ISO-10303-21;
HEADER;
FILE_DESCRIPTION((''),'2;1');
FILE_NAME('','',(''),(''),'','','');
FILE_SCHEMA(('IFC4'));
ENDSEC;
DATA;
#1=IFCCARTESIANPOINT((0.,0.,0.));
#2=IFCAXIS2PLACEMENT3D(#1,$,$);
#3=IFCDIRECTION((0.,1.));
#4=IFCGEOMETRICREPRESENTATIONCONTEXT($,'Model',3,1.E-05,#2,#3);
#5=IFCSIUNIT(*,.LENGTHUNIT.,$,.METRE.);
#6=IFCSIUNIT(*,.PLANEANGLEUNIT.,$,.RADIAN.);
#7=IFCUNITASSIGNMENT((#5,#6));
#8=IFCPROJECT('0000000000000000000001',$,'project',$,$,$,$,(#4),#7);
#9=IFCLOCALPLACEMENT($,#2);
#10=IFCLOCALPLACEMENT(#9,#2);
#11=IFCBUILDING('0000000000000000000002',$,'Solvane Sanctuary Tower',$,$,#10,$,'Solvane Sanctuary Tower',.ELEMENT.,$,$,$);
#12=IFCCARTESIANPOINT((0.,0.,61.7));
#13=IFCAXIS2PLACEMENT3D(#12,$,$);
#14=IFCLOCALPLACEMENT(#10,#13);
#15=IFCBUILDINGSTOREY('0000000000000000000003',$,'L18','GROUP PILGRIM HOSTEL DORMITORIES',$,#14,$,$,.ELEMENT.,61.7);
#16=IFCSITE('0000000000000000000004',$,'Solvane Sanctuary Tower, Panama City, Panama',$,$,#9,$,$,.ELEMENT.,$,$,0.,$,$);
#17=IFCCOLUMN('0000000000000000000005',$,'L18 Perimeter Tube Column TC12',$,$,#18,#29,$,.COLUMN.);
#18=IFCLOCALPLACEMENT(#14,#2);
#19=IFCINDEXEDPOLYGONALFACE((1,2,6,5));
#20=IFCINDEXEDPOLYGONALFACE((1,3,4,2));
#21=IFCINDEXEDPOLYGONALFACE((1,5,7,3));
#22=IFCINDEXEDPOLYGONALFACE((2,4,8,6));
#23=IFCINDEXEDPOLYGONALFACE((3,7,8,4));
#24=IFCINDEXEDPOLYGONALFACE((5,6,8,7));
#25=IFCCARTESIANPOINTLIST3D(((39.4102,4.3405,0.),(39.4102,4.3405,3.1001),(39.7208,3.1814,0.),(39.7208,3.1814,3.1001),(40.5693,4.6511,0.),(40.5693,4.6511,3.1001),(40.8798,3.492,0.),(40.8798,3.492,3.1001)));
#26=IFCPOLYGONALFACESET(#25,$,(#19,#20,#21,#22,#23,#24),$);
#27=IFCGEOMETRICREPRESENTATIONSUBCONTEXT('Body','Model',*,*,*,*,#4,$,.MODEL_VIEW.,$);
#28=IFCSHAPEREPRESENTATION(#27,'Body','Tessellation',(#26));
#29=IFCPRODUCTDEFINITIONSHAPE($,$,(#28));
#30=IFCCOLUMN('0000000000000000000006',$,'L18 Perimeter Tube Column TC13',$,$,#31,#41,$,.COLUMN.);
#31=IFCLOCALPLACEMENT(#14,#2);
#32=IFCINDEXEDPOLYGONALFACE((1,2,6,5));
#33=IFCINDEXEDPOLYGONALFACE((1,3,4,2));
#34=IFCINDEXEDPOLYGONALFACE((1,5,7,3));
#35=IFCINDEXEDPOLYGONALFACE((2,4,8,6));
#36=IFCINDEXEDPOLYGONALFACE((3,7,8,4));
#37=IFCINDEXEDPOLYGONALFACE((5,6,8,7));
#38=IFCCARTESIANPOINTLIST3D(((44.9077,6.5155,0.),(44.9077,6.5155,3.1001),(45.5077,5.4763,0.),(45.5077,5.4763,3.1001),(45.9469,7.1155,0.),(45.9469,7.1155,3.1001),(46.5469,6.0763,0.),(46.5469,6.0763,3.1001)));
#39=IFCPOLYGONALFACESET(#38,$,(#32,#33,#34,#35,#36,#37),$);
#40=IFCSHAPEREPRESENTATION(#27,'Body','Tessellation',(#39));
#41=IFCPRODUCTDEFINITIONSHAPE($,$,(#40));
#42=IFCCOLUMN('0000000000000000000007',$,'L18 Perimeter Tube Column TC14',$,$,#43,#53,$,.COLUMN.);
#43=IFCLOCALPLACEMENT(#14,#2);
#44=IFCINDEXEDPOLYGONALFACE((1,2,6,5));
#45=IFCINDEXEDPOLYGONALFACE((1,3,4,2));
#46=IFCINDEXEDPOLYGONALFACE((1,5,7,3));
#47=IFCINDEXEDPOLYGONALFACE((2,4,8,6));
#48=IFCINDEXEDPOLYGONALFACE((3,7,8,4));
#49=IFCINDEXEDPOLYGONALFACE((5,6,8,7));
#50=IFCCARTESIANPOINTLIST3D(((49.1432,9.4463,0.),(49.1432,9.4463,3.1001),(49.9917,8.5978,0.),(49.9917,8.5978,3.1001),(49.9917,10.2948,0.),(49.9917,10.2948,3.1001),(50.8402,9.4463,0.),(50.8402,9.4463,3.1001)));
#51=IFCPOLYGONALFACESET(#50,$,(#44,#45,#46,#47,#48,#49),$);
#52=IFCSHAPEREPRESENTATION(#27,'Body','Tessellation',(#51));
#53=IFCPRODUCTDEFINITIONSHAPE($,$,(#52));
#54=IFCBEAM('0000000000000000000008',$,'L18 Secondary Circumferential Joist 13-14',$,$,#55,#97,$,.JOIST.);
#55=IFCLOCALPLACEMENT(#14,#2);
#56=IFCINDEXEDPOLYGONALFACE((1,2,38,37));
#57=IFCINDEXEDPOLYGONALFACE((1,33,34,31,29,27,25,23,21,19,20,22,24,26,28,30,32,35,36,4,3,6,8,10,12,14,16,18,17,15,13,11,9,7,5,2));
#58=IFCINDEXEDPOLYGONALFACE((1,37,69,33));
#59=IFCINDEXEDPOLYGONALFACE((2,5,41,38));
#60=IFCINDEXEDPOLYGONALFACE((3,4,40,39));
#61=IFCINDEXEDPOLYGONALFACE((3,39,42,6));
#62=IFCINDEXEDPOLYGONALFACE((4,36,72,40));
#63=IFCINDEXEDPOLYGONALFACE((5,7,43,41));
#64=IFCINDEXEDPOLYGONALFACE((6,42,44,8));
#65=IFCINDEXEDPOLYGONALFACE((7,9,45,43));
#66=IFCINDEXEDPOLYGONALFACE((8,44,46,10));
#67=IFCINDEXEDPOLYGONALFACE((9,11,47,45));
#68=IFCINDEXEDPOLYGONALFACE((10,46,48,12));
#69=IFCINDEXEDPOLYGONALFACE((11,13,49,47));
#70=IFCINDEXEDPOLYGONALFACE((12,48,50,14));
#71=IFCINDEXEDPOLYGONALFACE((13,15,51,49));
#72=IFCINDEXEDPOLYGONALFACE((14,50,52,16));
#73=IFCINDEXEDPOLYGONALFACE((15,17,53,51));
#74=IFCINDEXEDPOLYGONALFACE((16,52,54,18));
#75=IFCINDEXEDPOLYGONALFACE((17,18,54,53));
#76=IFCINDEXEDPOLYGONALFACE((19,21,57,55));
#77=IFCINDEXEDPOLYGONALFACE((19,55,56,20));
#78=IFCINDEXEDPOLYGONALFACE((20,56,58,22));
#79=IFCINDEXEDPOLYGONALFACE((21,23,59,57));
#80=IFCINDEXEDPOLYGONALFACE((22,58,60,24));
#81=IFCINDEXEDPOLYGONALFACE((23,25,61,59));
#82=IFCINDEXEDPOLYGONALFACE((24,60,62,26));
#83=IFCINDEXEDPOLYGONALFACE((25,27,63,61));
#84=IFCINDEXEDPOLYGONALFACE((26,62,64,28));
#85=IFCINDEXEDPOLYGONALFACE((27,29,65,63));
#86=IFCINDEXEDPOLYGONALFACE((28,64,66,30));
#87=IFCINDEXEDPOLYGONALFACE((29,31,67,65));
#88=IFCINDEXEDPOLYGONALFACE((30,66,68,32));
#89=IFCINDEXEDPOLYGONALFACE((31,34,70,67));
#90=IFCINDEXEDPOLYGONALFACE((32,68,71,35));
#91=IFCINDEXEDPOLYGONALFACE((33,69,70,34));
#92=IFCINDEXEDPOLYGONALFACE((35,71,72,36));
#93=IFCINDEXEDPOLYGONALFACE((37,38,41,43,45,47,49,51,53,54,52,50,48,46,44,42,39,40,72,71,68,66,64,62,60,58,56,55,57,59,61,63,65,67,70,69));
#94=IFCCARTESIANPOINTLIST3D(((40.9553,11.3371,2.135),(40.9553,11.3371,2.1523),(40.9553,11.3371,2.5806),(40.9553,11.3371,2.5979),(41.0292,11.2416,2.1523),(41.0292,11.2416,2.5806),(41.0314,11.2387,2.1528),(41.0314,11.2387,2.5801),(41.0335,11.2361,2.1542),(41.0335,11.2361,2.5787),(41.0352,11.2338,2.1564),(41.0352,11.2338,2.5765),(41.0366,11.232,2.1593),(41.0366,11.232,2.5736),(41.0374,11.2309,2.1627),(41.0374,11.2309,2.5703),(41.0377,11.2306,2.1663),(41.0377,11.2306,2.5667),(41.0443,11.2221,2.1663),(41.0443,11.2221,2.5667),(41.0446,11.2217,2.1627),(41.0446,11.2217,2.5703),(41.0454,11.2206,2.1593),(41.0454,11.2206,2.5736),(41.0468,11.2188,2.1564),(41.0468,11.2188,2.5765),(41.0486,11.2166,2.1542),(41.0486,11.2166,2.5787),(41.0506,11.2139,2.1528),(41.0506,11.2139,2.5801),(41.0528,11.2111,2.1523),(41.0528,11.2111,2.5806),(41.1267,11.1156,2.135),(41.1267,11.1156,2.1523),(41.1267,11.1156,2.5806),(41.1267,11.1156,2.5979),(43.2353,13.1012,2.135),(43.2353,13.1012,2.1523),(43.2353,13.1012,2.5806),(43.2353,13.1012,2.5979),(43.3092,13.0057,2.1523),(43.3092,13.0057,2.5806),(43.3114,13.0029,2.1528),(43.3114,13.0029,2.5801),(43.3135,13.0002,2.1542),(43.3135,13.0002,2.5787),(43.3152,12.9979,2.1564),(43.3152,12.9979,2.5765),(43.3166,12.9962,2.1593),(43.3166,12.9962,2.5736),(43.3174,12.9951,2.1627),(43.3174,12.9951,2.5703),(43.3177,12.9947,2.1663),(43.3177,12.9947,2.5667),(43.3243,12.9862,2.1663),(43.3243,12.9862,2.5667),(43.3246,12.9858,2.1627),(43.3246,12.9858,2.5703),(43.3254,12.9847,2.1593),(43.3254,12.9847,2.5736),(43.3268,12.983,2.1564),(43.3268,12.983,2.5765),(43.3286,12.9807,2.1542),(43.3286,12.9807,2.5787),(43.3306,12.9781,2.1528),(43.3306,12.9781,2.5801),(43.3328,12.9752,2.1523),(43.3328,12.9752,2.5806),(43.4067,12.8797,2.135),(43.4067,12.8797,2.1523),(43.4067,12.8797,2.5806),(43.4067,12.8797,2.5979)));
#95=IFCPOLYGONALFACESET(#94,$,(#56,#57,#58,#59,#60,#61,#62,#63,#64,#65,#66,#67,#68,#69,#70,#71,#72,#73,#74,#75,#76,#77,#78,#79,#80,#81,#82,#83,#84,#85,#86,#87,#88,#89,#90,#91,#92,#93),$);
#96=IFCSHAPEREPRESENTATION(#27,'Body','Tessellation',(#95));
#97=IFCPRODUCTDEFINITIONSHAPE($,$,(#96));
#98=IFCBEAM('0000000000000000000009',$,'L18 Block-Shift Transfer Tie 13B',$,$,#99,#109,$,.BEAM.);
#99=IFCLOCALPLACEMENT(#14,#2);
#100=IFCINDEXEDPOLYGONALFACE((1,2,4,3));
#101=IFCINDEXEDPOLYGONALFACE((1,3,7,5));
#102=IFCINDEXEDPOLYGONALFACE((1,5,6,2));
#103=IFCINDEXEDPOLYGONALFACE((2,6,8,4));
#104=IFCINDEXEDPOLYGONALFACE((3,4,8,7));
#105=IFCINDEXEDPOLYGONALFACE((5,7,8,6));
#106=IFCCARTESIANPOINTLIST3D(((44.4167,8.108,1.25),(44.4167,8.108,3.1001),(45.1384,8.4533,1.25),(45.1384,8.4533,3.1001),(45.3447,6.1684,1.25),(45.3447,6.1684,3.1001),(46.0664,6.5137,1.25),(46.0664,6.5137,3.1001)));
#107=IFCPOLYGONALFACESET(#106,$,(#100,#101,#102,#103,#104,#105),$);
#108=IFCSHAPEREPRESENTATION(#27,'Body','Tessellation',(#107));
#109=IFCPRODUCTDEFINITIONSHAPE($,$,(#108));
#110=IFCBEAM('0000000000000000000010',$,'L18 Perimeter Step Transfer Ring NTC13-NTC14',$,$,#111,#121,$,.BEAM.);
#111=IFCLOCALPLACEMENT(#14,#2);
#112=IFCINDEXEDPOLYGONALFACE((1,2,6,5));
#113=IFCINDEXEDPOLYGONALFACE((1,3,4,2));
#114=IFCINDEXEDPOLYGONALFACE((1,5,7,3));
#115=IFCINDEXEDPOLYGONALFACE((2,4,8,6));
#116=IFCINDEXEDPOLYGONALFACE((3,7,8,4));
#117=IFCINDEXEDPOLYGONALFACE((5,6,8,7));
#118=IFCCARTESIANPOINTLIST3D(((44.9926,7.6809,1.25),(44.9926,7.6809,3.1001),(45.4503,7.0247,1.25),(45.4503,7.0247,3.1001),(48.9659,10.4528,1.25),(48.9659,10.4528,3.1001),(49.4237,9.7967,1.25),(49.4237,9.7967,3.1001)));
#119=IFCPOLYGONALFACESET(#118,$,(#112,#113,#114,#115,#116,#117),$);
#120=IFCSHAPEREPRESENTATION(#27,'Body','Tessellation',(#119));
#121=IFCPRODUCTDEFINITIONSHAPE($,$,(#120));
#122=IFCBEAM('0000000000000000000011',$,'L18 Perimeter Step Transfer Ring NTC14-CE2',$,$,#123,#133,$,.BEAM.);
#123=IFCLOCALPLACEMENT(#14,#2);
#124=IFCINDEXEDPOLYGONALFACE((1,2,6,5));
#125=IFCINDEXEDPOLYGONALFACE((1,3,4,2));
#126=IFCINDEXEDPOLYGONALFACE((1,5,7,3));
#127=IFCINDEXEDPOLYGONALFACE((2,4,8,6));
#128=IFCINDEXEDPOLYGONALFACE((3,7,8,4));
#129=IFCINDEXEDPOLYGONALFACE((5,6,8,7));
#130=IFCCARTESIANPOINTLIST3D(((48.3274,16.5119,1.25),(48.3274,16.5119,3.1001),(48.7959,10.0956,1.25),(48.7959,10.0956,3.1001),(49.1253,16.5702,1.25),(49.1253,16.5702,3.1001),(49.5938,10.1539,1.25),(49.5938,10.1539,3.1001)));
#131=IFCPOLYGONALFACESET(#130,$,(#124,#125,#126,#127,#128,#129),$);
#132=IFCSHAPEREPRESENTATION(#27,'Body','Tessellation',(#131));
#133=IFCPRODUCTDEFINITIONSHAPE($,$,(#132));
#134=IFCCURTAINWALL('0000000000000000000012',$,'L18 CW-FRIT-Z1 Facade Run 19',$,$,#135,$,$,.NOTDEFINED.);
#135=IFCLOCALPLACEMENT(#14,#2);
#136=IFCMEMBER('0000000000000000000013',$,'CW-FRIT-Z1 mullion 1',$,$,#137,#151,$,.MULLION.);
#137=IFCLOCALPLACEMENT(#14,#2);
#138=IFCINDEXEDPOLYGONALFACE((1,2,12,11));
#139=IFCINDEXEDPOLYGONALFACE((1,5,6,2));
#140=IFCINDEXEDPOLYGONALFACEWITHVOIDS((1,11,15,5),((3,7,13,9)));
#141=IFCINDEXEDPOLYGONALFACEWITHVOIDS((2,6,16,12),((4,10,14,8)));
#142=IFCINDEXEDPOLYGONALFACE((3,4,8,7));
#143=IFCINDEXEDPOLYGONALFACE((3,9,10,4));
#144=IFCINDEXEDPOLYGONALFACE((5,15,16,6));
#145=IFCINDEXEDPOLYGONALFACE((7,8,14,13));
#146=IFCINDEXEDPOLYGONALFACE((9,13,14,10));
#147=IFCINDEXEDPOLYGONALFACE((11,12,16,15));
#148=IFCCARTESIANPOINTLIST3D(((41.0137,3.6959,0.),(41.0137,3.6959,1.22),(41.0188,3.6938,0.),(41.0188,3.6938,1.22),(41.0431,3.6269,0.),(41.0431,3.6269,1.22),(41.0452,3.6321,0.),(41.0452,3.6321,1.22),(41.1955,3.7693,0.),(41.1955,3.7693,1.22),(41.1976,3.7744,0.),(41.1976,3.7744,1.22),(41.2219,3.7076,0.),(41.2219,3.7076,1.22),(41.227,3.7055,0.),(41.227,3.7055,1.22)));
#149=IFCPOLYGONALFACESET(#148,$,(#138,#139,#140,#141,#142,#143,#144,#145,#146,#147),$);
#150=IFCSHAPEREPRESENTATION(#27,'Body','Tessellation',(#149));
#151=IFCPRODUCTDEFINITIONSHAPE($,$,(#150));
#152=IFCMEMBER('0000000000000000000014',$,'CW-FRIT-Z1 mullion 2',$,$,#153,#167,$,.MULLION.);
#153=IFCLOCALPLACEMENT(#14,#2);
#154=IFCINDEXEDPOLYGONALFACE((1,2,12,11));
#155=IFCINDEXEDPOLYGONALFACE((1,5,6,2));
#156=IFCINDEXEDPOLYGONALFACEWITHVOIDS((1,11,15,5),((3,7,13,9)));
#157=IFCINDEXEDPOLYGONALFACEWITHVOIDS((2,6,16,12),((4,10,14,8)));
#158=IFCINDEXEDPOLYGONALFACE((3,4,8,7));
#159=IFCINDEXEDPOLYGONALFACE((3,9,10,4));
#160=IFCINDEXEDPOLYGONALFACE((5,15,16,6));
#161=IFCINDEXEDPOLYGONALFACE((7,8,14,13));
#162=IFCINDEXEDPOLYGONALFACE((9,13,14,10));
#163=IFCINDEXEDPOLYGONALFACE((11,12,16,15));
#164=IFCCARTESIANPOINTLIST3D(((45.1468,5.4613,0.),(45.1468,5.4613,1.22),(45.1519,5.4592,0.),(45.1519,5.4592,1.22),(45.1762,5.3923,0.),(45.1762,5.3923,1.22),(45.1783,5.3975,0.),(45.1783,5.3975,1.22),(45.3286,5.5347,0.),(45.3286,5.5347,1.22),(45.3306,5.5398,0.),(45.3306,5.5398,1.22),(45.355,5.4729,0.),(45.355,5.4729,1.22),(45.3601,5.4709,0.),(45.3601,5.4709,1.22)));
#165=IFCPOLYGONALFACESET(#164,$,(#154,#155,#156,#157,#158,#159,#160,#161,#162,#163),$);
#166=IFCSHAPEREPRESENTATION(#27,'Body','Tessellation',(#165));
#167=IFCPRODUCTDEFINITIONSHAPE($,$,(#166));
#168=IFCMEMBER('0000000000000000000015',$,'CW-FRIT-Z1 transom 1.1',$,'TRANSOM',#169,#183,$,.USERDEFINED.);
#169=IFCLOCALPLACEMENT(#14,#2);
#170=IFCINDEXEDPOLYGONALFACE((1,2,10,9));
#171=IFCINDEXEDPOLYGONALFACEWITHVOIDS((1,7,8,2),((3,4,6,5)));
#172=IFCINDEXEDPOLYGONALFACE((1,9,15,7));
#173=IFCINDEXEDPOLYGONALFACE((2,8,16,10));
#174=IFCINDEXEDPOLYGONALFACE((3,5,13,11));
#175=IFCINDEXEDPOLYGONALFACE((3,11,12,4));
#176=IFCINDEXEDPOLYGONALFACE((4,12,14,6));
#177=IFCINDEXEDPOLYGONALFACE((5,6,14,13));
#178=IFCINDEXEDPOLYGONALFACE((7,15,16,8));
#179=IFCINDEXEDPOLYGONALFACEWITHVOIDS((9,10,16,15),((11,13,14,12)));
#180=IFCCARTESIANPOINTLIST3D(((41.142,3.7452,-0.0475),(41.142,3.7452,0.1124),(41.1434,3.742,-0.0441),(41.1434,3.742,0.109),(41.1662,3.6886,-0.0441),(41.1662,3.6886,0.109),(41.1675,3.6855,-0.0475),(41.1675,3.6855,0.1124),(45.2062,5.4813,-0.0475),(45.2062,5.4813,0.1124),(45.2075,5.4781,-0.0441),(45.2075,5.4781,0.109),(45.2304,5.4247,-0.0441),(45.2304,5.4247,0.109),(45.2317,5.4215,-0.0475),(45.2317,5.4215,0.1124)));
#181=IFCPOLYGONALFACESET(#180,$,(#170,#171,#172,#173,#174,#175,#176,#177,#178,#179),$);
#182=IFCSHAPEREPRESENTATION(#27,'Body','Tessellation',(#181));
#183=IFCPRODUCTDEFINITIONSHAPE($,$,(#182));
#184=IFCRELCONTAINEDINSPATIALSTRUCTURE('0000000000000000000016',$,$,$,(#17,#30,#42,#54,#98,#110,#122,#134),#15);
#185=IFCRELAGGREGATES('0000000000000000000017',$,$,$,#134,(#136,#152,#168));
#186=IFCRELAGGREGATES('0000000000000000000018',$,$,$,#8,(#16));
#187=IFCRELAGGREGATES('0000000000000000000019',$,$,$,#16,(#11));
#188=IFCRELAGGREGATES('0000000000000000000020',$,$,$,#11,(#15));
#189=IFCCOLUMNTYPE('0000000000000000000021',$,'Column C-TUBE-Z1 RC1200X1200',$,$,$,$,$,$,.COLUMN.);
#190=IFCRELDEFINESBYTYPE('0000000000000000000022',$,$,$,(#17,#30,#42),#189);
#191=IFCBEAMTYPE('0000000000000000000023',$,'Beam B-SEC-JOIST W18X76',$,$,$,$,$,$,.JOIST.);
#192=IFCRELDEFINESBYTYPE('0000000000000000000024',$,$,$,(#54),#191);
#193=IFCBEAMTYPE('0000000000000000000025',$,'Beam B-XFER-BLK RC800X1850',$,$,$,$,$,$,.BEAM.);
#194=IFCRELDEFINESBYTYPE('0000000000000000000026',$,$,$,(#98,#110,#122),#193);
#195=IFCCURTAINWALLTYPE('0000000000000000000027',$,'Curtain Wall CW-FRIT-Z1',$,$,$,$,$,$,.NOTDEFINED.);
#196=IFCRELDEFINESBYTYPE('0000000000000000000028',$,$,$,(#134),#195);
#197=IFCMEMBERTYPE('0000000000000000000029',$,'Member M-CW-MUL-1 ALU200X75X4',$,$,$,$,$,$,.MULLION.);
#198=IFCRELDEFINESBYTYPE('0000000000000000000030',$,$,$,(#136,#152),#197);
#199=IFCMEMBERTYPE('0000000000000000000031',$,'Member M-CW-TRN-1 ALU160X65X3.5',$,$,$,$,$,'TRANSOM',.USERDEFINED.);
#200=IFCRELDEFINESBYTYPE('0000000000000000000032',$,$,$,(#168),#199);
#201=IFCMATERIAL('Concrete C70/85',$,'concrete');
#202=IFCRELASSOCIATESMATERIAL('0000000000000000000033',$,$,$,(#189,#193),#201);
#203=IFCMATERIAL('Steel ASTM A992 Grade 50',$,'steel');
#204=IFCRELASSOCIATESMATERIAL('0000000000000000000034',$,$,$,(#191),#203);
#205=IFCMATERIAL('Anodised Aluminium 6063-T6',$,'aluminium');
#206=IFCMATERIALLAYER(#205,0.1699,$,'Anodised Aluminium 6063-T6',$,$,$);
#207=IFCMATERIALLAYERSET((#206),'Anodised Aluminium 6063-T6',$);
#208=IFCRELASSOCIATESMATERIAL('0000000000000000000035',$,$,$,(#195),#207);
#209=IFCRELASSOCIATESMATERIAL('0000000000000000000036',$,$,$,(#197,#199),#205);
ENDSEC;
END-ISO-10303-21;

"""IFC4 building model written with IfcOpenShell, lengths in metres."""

from ifc_helpers import new_model, si_unit, direction, frame, origin, origin_2d, place, context, subcontext, project, spatial, rectangle, hollow_rectangle, i_section, extrude, material, layer, layer_set, material_profile, profile_set, type_object, element, aggregate, save


model = new_model("IFC4")

# Units and contexts
model_context = context("Model", 3, precision=1e-05, world=origin(), true_north=direction((0.0, 1.0)))
body_context = subcontext(model_context, "Body", "Model", "MODEL_VIEW")
ifc_project = project(units=[si_unit("LENGTHUNIT", "METRE"), si_unit("PLANEANGLEUNIT", "RADIAN")], contexts=[model_context])

# Site, building, storey
site_placement = place(None, origin())
site = spatial("IfcSite", under=ifc_project, at=site_placement, Name="Solvane Sanctuary Tower, Panama City, Panama", CompositionType="ELEMENT", RefElevation=0.0)
building_placement = place(site_placement, origin())
building = spatial("IfcBuilding", under=site, at=building_placement, Name="Solvane Sanctuary Tower", LongName="Solvane Sanctuary Tower", CompositionType="ELEMENT")
storey_placement = place(building_placement, frame((0.0, 0.0, 61.7)))
storey = spatial("IfcBuildingStorey", under=building, at=storey_placement, Name="L18", Description="GROUP PILGRIM HOSTEL DORMITORIES", CompositionType="ELEMENT", Elevation=61.7)

# Columns
ifc_material_1 = material(Name="Concrete C70/85", Category="concrete")
ifc_material_profile_1 = material_profile(ifc_material_1, rectangle(XDim=1.2, YDim=1.2, at=origin_2d()), Name="RC1200X1200")
ifc_profile_set_1 = profile_set([ifc_material_profile_1], Name="Concrete C70/85")
column_type = type_object("IfcColumnType", Name="Column C-TUBE-Z1 RC1200X1200", PredefinedType="COLUMN", material=ifc_profile_set_1)
for number, where, z_axis, x_axis, name in (
    (1, (40.145, 3.9163, 0.0), (0.0, 0.0, 1.0), (0.258819, -0.965926, 0.0), "L18 Perimeter Tube Column TC12"),
    (2, (45.7273, 6.2959, 0.0), (0.0, 0.0, 1.0), (0.5, -0.866025, 0.0), "L18 Perimeter Tube Column TC13"),
    (3, (49.9917, 9.4463, 0.0), (0.0, 0.0, 1.0), (0.707107, -0.707107, 0.0), "L18 Perimeter Tube Column TC14"),
):
    element("IfcColumn", number, at=place(storey_placement, frame(where, z_axis=z_axis, x_axis=x_axis)), inside=storey, type_object=column_type, Name=name, PredefinedType="COLUMN", context=body_context, shape_type="SweptSolid", body=[
        extrude(rectangle(XDim=1.2, YDim=1.2, at=origin_2d()), origin(), (0.0, 0.0, 1.0), 3.1001),
    ])

# Beams
ifc_material_2 = material(Name="Steel ASTM A992 Grade 50", Category="steel")
ifc_material_profile_2 = material_profile(ifc_material_2, i_section(OverallWidth=0.28, OverallDepth=0.4629, WebThickness=0.0107, FlangeThickness=0.0173, FilletRadius=0.0139, at=origin_2d()), Name="W18X76")
ifc_profile_set_2 = profile_set([ifc_material_profile_2], Name="Steel ASTM A992 Grade 50")
beam_type_1 = type_object("IfcBeamType", Name="Beam B-SEC-JOIST W18X76", PredefinedType="JOIST", material=ifc_profile_set_2)
beam_1_placement = place(storey_placement, frame((41.041, 11.2263, 2.3665), z_axis=(0.790896, 0.611951, 0.0), x_axis=(-0.611951, 0.790896, 0.0)))
element("IfcBeam", 4, at=beam_1_placement, inside=storey, type_object=beam_type_1, Name="L18 Secondary Circumferential Joist 13-14", PredefinedType="JOIST", context=body_context, shape_type="SweptSolid", body=[
    extrude(i_section(OverallWidth=0.28, OverallDepth=0.4629, WebThickness=0.0107, FlangeThickness=0.0173, FilletRadius=0.0139, at=origin_2d()), origin(), (0.0, 0.0, 1.0), 2.8828),
])
ifc_material_profile_3 = material_profile(ifc_material_1, rectangle(XDim=0.8, YDim=1.8501, at=origin_2d()), Name="RC800X1850")
ifc_profile_set_3 = profile_set([ifc_material_profile_3], Name="Concrete C70/85")
beam_type_2 = type_object("IfcBeamType", Name="Beam B-XFER-BLK RC800X1850", PredefinedType="BEAM", material=ifc_profile_set_3)
beam_2_placement = place(storey_placement, frame((45.7056, 6.3411, 2.175), z_axis=(-0.431612, 0.902059, 0.0), x_axis=(-0.902059, -0.431612, 0.0)))
element("IfcBeam", 5, at=beam_2_placement, inside=storey, type_object=beam_type_2, Name="L18 Block-Shift Transfer Tie 13B", PredefinedType="BEAM", context=body_context, shape_type="SweptSolid", body=[
    extrude(rectangle(XDim=0.8, YDim=1.8501, at=origin_2d()), origin(), (0.0, 0.0, 1.0), 2.1501),
])
beam_3_placement = place(storey_placement, frame((45.2214, 7.3528, 2.175), z_axis=(0.820142, 0.57216, 0.0), x_axis=(-0.57216, 0.820142, 0.0)))
element("IfcBeam", 6, at=beam_3_placement, inside=storey, type_object=beam_type_2, Name="L18 Perimeter Step Transfer Ring NTC13-NTC14", PredefinedType="BEAM", context=body_context, shape_type="SweptSolid", body=[
    extrude(rectangle(XDim=0.8, YDim=1.8501, at=origin_2d()), origin(), (0.0, 0.0, 1.0), 4.8447),
])
beam_4_placement = place(storey_placement, frame((49.1948, 10.1248, 2.175), z_axis=(-0.072825, 0.997345, 0.0), x_axis=(-0.997345, -0.072825, 0.0)))
element("IfcBeam", 7, at=beam_4_placement, inside=storey, type_object=beam_type_2, Name="L18 Perimeter Step Transfer Ring NTC14-CE2", PredefinedType="BEAM", context=body_context, shape_type="SweptSolid", body=[
    extrude(rectangle(XDim=0.8, YDim=1.8501, at=origin_2d()), origin(), (0.0, 0.0, 1.0), 6.4333),
])

# Curtain wall, members
ifc_material_3 = material(Name="Anodised Aluminium 6063-T6", Category="aluminium")
ifc_layer_1 = layer(ifc_material_3, 0.1699, Name="Anodised Aluminium 6063-T6")
ifc_layer_set_1 = layer_set([ifc_layer_1], Name="Anodised Aluminium 6063-T6")
curtain_wall_type = type_object("IfcCurtainWallType", Name="Curtain Wall CW-FRIT-Z1", PredefinedType="NOTDEFINED", material=ifc_layer_set_1)
curtain_wall_placement = place(storey_placement, origin())
curtain_wall = element("IfcCurtainWall", 8, at=curtain_wall_placement, inside=storey, type_object=curtain_wall_type, Name="L18 CW-FRIT-Z1 Facade Run 19", PredefinedType="NOTDEFINED")
ifc_material_profile_4 = material_profile(ifc_material_3, hollow_rectangle(XDim=0.075, YDim=0.2, WallThickness=0.0039, at=origin_2d()), Name="ALU200X75X4")
ifc_profile_set_4 = profile_set([ifc_material_profile_4], Name="Anodised Aluminium 6063-T6")
member_type_1 = type_object("IfcMemberType", Name="Member M-CW-MUL-1 ALU200X75X4", PredefinedType="MULLION", material=ifc_profile_set_4)
member_1_placement = place(storey_placement, frame((41.1204, 3.7007, 0.0), z_axis=(0.0, 0.0, 1.0), x_axis=(-0.39282, 0.919615, 0.0)))
member_1 = element("IfcMember", 9, at=member_1_placement, type_object=member_type_1, Name="CW-FRIT-Z1 mullion 1", PredefinedType="MULLION", context=body_context, shape_type="SweptSolid", body=[
    extrude(hollow_rectangle(XDim=0.075, YDim=0.2, WallThickness=0.0039, at=origin_2d()), origin(), (0.0, 0.0, 1.0), 1.22),
])
member_2_placement = place(storey_placement, frame((45.2534, 5.4661, 0.0), z_axis=(0.0, 0.0, 1.0), x_axis=(-0.39282, 0.919615, 0.0)))
member_2 = element("IfcMember", 10, at=member_2_placement, type_object=member_type_1, Name="CW-FRIT-Z1 mullion 2", PredefinedType="MULLION", context=body_context, shape_type="SweptSolid", body=[
    extrude(hollow_rectangle(XDim=0.075, YDim=0.2, WallThickness=0.0039, at=origin_2d()), origin(), (0.0, 0.0, 1.0), 1.22),
])
ifc_material_profile_5 = material_profile(ifc_material_3, hollow_rectangle(XDim=0.0649, YDim=0.1599, WallThickness=0.0034, at=origin_2d()), Name="ALU160X65X3.5")
ifc_profile_set_5 = profile_set([ifc_material_profile_5], Name="Anodised Aluminium 6063-T6")
member_type_2 = type_object("IfcMemberType", Name="Member M-CW-TRN-1 ALU160X65X3.5", ElementType="TRANSOM", PredefinedType="USERDEFINED", material=ifc_profile_set_5)
member_3_placement = place(storey_placement, frame((41.1548, 3.7153, 0.0325), z_axis=(0.919613, 0.392826, 0.0), x_axis=(-0.392826, 0.919613, 0.0)))
member_3 = element("IfcMember", 11, at=member_3_placement, type_object=member_type_2, Name="CW-FRIT-Z1 transom 1.1", ObjectType="TRANSOM", PredefinedType="USERDEFINED", context=body_context, shape_type="SweptSolid", body=[
    extrude(hollow_rectangle(XDim=0.0649, YDim=0.1599, WallThickness=0.0034, at=origin_2d()), origin(), (0.0, 0.0, 1.0), 4.4194),
])
aggregate(curtain_wall, [member_1, member_2, member_3])

save(model, "model.ifc")
